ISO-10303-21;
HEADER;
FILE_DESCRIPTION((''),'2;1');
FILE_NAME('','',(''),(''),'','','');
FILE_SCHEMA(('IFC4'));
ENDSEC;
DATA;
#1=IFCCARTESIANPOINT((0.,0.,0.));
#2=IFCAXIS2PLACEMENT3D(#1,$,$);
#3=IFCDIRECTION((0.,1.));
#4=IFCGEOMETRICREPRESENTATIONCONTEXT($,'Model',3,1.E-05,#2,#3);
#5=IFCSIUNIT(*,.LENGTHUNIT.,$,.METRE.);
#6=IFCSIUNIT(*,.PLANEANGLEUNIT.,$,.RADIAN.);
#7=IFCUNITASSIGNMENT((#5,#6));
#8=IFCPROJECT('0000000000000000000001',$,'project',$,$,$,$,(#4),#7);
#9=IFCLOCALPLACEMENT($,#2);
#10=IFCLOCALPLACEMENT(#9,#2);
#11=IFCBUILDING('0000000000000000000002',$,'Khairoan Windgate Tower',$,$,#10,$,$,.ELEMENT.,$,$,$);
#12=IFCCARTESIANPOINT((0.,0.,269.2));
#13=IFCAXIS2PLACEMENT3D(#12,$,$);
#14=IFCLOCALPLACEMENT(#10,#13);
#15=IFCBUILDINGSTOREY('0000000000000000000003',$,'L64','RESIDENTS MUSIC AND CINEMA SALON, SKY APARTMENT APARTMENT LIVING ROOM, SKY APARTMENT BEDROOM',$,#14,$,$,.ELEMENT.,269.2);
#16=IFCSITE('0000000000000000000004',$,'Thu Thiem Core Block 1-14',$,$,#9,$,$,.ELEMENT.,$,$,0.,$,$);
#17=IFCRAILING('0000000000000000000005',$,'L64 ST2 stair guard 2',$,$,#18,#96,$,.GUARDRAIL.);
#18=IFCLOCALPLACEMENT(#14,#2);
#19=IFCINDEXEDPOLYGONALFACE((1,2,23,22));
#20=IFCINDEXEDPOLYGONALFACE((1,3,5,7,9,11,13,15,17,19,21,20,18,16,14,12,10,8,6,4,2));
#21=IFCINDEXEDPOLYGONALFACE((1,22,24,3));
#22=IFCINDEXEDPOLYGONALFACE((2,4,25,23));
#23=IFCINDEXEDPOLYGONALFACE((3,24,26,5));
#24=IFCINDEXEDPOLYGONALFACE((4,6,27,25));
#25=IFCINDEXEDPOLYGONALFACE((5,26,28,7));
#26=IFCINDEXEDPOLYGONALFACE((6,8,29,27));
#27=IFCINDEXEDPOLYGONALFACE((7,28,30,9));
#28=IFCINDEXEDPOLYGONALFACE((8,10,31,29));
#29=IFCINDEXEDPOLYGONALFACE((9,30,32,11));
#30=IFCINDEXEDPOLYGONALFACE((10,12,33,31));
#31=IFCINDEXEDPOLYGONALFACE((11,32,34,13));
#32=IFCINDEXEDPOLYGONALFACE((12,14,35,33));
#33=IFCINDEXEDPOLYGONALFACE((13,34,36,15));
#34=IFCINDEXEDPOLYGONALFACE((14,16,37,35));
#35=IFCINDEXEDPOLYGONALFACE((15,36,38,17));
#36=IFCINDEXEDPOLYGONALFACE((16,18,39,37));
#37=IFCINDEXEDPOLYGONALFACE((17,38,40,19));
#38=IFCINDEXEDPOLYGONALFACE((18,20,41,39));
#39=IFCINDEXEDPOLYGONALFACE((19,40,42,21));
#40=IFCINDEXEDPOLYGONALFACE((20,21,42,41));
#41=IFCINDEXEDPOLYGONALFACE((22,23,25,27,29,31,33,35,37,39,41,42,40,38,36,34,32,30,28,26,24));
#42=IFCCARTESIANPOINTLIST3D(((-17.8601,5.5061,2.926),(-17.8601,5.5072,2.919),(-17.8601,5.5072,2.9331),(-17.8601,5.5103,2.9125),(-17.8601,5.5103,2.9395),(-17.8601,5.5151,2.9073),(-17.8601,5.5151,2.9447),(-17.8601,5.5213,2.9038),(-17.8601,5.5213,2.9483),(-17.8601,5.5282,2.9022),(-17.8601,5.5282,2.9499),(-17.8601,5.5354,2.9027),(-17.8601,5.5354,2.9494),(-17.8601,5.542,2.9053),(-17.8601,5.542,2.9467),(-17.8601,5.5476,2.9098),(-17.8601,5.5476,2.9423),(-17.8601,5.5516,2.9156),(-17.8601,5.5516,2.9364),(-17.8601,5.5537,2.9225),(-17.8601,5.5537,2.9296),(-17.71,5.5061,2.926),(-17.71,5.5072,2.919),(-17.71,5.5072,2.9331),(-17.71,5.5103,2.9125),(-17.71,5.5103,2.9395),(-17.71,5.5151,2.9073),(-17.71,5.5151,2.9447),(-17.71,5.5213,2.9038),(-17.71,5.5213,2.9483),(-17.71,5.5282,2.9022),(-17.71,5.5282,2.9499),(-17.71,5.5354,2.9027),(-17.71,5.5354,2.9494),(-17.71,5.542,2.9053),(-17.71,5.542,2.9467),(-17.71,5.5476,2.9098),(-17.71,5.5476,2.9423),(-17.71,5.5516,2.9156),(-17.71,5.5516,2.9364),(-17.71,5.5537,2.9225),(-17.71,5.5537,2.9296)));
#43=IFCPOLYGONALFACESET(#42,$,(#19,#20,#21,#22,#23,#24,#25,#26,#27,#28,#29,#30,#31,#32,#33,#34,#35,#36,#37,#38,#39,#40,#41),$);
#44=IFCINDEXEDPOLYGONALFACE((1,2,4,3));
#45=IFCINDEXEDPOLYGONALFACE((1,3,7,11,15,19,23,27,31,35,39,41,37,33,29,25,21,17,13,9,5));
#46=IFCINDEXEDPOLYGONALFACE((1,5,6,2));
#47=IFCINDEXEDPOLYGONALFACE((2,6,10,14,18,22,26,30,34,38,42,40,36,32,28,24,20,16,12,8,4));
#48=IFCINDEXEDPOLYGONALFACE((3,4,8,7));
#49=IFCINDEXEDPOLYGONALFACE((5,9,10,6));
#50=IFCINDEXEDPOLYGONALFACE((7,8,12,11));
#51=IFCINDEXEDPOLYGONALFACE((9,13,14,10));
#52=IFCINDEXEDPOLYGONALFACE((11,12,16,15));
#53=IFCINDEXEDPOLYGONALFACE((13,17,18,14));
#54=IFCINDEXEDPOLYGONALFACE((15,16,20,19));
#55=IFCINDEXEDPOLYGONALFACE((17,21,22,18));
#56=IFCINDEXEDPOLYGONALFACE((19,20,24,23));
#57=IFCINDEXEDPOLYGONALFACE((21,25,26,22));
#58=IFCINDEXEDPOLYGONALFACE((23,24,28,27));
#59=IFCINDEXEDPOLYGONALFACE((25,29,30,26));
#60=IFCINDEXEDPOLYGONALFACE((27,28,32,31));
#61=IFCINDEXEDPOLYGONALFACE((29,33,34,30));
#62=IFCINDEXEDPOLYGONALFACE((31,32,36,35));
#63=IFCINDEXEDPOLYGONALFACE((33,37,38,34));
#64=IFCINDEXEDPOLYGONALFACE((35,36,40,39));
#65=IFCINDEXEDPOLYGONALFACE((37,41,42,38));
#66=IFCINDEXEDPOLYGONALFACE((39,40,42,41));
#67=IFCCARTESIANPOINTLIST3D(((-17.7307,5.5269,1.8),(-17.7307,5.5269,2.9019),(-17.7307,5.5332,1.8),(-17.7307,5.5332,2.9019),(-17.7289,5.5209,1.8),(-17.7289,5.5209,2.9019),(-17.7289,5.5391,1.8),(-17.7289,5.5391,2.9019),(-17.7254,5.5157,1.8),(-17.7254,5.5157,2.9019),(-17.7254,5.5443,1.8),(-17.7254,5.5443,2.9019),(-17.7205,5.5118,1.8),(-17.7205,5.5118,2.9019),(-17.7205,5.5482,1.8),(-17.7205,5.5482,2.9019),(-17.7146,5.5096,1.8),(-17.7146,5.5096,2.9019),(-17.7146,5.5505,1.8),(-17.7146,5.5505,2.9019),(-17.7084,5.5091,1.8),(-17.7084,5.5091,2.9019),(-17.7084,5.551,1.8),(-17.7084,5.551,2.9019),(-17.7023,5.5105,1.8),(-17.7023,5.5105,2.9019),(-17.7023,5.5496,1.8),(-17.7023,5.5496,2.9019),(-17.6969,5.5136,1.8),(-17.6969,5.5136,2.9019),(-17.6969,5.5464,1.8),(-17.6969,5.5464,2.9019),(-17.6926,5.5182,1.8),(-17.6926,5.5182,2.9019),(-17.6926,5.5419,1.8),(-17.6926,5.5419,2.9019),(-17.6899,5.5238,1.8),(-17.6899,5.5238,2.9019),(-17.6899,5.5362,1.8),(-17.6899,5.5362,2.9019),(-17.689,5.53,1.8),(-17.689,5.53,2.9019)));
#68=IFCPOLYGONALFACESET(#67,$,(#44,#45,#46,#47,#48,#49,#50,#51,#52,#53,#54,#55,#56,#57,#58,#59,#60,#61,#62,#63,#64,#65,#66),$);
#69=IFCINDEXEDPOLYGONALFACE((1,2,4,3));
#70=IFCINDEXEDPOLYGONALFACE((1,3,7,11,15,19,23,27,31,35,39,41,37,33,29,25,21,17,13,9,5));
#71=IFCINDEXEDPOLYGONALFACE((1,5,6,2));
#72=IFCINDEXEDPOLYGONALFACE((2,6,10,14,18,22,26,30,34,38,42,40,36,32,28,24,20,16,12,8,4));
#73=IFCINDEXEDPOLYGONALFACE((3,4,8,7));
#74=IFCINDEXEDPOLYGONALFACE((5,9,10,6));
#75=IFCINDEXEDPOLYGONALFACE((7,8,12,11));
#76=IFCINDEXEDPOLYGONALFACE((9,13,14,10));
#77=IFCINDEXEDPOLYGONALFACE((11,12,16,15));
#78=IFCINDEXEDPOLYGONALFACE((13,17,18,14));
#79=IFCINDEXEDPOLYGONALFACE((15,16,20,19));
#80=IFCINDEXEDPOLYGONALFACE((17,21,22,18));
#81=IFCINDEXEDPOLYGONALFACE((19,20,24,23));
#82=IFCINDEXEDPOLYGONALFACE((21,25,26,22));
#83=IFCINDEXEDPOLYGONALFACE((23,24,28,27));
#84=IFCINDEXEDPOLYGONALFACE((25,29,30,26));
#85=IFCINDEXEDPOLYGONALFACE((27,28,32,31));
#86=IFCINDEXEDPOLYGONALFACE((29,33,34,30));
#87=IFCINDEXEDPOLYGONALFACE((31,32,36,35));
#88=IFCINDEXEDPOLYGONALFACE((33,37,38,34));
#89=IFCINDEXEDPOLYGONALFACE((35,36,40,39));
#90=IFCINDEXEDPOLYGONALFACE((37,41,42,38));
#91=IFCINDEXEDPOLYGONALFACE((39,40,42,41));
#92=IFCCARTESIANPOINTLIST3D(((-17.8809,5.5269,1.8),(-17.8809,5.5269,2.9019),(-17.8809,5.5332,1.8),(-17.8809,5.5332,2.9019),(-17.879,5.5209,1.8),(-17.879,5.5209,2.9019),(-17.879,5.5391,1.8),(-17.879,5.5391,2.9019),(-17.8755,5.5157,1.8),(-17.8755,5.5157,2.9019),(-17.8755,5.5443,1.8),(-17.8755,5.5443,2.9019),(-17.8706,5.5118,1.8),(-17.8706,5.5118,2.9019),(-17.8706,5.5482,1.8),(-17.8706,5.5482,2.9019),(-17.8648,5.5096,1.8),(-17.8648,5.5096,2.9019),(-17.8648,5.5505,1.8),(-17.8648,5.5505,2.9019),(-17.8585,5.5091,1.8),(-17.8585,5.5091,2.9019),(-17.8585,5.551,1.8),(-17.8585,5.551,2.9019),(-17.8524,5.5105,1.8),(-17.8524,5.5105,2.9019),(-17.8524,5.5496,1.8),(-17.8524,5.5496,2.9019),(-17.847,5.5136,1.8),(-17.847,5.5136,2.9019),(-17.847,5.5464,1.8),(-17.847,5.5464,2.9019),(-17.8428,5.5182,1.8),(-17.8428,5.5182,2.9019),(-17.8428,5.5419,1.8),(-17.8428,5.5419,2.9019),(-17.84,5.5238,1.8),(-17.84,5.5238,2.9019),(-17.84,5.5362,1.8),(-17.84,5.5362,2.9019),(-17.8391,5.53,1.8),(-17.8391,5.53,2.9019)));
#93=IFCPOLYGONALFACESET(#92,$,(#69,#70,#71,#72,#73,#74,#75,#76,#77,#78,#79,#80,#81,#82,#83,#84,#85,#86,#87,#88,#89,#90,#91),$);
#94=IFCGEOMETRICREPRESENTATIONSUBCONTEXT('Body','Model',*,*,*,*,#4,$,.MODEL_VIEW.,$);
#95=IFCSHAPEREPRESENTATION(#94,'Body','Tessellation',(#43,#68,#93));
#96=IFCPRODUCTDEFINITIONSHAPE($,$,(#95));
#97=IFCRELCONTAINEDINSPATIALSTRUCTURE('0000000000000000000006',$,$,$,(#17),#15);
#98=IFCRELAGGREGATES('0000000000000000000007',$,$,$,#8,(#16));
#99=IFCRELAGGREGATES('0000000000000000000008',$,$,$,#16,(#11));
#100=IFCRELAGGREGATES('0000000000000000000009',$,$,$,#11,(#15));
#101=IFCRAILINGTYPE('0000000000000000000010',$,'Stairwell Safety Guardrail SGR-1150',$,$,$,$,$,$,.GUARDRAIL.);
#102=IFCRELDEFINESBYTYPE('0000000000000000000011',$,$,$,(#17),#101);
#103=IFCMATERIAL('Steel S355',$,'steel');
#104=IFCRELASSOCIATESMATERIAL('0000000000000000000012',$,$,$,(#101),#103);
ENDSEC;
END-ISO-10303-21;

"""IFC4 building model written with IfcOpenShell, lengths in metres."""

from ifc_helpers import new_model, si_unit, direction, frame, origin, origin_2d, place, context, subcontext, project, spatial, circle, extrude, material, type_object, element, save


model = new_model("IFC4")

# Units and contexts
model_context = context("Model", 3, precision=1e-05, world=origin(), true_north=direction((0.0, 1.0)))
body_context = subcontext(model_context, "Body", "Model", "MODEL_VIEW")
ifc_project = project(units=[si_unit("LENGTHUNIT", "METRE"), si_unit("PLANEANGLEUNIT", "RADIAN")], contexts=[model_context])

# Site, building, storey
site_placement = place(None, origin())
site = spatial("IfcSite", under=ifc_project, at=site_placement, Name="Thu Thiem Core Block 1-14", CompositionType="ELEMENT", RefElevation=0.0)
building_placement = place(site_placement, origin())
building = spatial("IfcBuilding", under=site, at=building_placement, Name="Khairoan Windgate Tower", CompositionType="ELEMENT")
storey_placement = place(building_placement, frame((0.0, 0.0, 269.2)))
storey = spatial("IfcBuildingStorey", under=building, at=storey_placement, Name="L64", Description="RESIDENTS MUSIC AND CINEMA SALON, SKY APARTMENT APARTMENT LIVING ROOM, SKY APARTMENT BEDROOM", CompositionType="ELEMENT", Elevation=269.2)

# Railing
ifc_material_1 = material(Name="Steel S355", Category="steel")
railing_type_1 = type_object("IfcRailingType", Name="Stairwell Safety Guardrail SGR-1150", PredefinedType="GUARDRAIL", material=ifc_material_1)
railing_1_placement = place(storey_placement, frame((-17.71, 5.53, 1.8)))
element("IfcRailing", 1, at=railing_1_placement, inside=storey, type_object=railing_type_1, Name="L64 ST2 stair guard 2", PredefinedType="GUARDRAIL", context=body_context, shape_type="SweptSolid", body=[
    extrude(circle(Radius=0.0239, at=origin_2d()), frame((0.0, 0.0, 1.126), z_axis=(-1.0, 0.0, 0.0), x_axis=(0.0, -1.0, 0.0)), (0.0, 0.0, 1.0), 0.1501),
    extrude(circle(Radius=0.021, at=origin_2d()), origin(), (0.0, 0.0, 1.0), 1.1018),
    extrude(circle(Radius=0.021, at=origin_2d()), frame((-0.1501, 0.0, 0.0)), (0.0, 0.0, 1.0), 1.1018),
])

save(model, "model.ifc")
